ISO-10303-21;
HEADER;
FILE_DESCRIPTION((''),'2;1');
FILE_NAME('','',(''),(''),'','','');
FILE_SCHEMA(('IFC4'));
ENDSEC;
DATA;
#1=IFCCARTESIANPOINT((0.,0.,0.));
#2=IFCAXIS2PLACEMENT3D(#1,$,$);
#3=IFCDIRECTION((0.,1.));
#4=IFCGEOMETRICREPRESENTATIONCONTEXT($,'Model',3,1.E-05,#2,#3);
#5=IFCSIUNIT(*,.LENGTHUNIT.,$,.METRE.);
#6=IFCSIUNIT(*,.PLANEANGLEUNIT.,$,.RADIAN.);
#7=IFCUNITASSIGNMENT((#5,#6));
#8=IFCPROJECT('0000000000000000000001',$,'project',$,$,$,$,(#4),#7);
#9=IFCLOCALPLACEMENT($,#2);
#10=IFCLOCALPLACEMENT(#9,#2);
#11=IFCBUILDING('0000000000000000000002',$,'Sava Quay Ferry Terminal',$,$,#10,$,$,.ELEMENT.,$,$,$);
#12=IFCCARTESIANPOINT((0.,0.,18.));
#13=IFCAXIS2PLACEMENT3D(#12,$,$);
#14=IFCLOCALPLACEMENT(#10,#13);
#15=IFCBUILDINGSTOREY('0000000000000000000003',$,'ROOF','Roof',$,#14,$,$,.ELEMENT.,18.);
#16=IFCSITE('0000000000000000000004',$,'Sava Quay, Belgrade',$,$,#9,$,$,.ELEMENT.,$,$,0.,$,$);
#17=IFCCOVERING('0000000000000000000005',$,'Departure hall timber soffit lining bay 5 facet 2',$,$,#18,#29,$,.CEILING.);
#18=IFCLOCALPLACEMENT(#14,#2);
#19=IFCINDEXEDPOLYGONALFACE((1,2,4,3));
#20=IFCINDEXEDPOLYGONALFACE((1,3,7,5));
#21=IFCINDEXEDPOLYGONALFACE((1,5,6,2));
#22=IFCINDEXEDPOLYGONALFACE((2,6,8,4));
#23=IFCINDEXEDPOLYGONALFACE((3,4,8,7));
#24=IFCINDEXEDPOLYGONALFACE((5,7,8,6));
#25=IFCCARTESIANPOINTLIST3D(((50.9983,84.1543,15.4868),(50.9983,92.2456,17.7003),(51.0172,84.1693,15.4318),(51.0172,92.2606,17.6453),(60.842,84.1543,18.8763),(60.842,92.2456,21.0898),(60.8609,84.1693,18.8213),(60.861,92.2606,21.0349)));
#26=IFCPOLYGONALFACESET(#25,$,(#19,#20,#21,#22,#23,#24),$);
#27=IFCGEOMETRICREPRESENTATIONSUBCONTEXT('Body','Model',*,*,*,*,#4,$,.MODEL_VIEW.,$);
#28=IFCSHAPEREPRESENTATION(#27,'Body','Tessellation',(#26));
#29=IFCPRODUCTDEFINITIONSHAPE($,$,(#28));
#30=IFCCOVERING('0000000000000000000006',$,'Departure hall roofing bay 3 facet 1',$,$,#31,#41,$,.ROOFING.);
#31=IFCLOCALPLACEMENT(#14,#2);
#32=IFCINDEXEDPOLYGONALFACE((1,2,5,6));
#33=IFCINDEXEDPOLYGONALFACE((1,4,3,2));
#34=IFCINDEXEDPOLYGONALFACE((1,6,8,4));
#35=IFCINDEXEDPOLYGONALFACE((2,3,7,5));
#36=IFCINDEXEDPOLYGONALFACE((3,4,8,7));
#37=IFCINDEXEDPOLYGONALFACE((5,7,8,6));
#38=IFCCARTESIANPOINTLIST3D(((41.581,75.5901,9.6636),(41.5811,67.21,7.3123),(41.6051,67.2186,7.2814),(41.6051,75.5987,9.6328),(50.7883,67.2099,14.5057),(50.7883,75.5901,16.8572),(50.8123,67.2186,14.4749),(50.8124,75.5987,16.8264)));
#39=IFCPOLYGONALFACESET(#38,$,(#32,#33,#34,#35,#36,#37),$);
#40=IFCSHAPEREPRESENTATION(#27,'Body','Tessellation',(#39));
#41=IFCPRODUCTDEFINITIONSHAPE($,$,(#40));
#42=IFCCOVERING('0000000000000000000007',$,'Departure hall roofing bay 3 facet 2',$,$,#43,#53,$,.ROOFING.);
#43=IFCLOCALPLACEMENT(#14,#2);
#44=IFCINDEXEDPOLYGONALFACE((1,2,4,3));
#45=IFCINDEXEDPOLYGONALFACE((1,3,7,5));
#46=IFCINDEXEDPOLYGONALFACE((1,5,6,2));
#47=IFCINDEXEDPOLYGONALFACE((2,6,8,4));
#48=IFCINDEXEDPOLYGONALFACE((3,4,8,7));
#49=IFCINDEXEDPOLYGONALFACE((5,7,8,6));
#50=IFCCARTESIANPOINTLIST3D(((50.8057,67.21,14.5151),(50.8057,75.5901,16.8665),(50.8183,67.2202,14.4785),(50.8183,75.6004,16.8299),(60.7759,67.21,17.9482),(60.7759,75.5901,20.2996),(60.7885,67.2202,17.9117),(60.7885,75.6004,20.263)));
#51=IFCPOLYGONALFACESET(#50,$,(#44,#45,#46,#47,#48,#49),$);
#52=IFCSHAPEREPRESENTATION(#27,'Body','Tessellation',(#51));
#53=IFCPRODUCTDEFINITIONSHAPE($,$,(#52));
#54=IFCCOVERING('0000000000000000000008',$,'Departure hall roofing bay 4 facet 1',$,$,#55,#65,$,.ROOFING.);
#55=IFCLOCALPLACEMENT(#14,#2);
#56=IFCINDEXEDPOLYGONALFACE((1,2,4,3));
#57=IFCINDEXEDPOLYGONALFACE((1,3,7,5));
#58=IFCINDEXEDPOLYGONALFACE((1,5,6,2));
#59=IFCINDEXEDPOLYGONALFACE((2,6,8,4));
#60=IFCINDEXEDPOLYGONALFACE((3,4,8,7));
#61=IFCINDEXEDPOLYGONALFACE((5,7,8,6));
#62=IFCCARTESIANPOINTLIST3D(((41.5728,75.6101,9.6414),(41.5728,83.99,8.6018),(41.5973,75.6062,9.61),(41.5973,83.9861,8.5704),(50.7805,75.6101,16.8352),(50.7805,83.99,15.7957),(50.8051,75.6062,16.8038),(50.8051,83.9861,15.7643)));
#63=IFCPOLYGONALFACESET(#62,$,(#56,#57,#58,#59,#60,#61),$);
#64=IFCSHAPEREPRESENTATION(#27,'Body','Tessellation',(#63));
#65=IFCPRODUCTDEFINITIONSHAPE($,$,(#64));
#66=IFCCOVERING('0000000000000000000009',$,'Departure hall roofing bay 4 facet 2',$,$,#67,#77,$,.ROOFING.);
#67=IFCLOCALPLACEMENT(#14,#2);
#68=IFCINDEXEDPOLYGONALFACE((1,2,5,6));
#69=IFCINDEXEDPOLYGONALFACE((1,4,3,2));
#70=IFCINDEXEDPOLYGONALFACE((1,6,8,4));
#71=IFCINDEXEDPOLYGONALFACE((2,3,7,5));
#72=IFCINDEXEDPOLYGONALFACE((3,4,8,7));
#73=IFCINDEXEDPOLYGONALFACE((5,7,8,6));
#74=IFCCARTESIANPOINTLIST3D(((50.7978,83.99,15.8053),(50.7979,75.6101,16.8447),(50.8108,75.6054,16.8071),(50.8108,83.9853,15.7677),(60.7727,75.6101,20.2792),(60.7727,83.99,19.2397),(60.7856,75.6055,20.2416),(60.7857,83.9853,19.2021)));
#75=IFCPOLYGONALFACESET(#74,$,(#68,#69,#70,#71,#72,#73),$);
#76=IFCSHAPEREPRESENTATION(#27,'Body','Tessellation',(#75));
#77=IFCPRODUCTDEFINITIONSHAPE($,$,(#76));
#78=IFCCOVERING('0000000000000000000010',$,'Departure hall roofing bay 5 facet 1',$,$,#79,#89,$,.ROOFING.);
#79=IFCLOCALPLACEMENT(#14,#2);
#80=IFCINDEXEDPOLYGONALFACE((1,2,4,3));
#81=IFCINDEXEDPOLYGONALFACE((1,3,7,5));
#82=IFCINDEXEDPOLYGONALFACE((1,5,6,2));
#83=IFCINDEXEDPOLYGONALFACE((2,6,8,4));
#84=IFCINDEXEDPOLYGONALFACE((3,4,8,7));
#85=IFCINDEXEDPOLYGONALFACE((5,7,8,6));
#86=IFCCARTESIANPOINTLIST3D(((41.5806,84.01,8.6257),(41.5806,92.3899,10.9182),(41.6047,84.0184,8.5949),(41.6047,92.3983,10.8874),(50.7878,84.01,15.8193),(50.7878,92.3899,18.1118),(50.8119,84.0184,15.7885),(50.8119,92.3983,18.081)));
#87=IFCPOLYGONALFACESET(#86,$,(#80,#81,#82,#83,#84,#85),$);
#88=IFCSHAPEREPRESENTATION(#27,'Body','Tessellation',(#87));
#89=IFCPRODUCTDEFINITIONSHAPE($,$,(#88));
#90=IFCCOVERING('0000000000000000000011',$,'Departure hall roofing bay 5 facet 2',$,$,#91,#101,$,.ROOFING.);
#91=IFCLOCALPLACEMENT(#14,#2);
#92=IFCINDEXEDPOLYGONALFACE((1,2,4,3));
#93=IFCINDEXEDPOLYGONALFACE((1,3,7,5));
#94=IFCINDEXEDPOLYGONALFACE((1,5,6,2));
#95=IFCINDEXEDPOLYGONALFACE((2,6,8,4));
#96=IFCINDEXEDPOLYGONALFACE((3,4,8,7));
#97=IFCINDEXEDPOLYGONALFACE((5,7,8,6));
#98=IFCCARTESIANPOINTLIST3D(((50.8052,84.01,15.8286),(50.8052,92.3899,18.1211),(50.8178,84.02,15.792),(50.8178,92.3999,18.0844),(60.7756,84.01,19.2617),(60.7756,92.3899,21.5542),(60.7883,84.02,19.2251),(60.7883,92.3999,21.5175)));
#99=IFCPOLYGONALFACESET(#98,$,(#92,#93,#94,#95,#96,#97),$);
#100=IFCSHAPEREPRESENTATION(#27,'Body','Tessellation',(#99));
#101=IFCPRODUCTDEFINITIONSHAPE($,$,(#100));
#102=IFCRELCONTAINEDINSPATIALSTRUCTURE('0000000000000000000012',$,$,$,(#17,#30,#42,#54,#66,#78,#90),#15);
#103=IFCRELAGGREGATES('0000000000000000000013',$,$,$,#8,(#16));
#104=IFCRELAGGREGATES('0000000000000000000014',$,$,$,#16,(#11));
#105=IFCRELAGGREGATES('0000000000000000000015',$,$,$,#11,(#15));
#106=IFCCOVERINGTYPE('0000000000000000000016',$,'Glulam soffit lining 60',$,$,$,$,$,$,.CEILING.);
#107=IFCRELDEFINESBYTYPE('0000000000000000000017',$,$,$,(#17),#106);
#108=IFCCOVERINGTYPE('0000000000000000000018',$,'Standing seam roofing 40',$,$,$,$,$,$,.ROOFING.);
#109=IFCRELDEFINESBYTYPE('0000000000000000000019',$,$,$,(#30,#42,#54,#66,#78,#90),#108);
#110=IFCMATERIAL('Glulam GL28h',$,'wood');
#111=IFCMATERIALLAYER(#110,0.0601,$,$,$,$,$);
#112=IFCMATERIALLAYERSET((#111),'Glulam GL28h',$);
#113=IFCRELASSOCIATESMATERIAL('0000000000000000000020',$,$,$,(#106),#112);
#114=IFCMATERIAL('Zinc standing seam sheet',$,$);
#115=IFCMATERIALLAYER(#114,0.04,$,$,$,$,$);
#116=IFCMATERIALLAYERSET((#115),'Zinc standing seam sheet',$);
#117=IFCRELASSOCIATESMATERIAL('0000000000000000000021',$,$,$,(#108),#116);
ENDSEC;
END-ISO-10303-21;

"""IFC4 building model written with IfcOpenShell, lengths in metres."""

from ifc_helpers import new_model, si_unit, direction, frame, origin, place, context, subcontext, project, spatial, polyline, outline, extrude, material, layer, layer_set, type_object, element, save


model = new_model("IFC4")

# Units and contexts
model_context = context("Model", 3, precision=1e-05, world=origin(), true_north=direction((0.0, 1.0)))
body_context = subcontext(model_context, "Body", "Model", "MODEL_VIEW")
ifc_project = project(units=[si_unit("LENGTHUNIT", "METRE"), si_unit("PLANEANGLEUNIT", "RADIAN")], contexts=[model_context])

# Site, building, storey
site_placement = place(None, origin())
site = spatial("IfcSite", under=ifc_project, at=site_placement, Name="Sava Quay, Belgrade", CompositionType="ELEMENT", RefElevation=0.0)
building_placement = place(site_placement, origin())
building = spatial("IfcBuilding", under=site, at=building_placement, Name="Sava Quay Ferry Terminal", CompositionType="ELEMENT")
storey_placement = place(building_placement, frame((0.0, 0.0, 18.0)))
storey = spatial("IfcBuildingStorey", under=building, at=storey_placement, Name="ROOF", Description="Roof", CompositionType="ELEMENT", Elevation=18.0)

# Coverings
ifc_material_1 = material(Name="Glulam GL28h", Category="wood")
ifc_layer_1 = layer(ifc_material_1, 0.0601)
ifc_layer_set_1 = layer_set([ifc_layer_1], Name="Glulam GL28h")
covering_type_1 = type_object("IfcCoveringType", Name="Glulam soffit lining 60", PredefinedType="CEILING", material=ifc_layer_set_1)
covering_1_placement = place(storey_placement, frame((50.9983, 84.1543, 15.4868), z_axis=(-0.315199, -0.250419, 0.915391), x_axis=(-0.000004, 0.964559, 0.263868)))
element("IfcCovering", 1, at=covering_1_placement, inside=storey, type_object=covering_type_1, Name="Departure hall timber soffit lining bay 5 facet 2", PredefinedType="CEILING", context=body_context, shape_type="SweptSolid", body=[
    extrude(outline(polyline([(0.0, 0.0), (8.3886, 0.0), (9.283, -10.3725), (0.8943, -10.3724), (0.0, 0.0)])), origin(), (0.0, 0.0, -1.0), 0.0601),
])
ifc_material_2 = material(Name="Zinc standing seam sheet")
ifc_layer_2 = layer(ifc_material_2, 0.04)
ifc_layer_set_2 = layer_set([ifc_layer_2], Name="Zinc standing seam sheet")
covering_type_2 = type_object("IfcCoveringType", Name="Standing seam roofing 40", PredefinedType="ROOFING", material=ifc_layer_set_2)
covering_2_placement = place(storey_placement, frame((41.5811, 67.21, 7.3123), z_axis=(-0.60114, -0.215899, 0.769427), x_axis=(-0.000006, 0.962816, 0.270158)))
element("IfcCovering", 2, at=covering_2_placement, inside=storey, type_object=covering_type_2, Name="Departure hall roofing bay 3 facet 1", PredefinedType="ROOFING", context=body_context, shape_type="SweptSolid", body=[
    extrude(outline(polyline([(0.0, 0.0), (8.7037, 0.0), (10.6471, -11.5215), (1.9433, -11.5214), (0.0, 0.0)])), origin(), (0.0, 0.0, -1.0), 0.04),
])
covering_3_placement = place(storey_placement, frame((50.8057, 67.21, 14.5151), z_axis=(-0.314689, -0.256425, 0.913902), x_axis=(0.0, 0.962818, 0.27015)))
element("IfcCovering", 3, at=covering_3_placement, inside=storey, type_object=covering_type_2, Name="Departure hall roofing bay 3 facet 2", PredefinedType="ROOFING", context=body_context, shape_type="SweptSolid", body=[
    extrude(outline(polyline([(0.0, 0.0), (8.7037, 0.0), (9.6312, -10.5039), (0.9275, -10.5039), (0.0, 0.0)])), origin(), (0.0, 0.0, -1.0), 0.04),
])
covering_4_placement = place(storey_placement, frame((41.5728, 75.6101, 9.6414), z_axis=(-0.612738, 0.097292, 0.784274), x_axis=(0.0, 0.992393, -0.123109)))
element("IfcCovering", 4, at=covering_4_placement, inside=storey, type_object=covering_type_2, Name="Departure hall roofing bay 4 facet 1", PredefinedType="ROOFING", context=body_context, shape_type="SweptSolid", body=[
    extrude(outline(polyline([(0.0, 0.0), (8.4441, 0.0), (7.5585, -11.6512), (-0.8856, -11.6512), (0.0, 0.0)])), origin(), (0.0, 0.0, -1.0), 0.04),
])
covering_5_placement = place(storey_placement, frame((50.7979, 75.6101, 16.8447), z_axis=(-0.323338, 0.116483, 0.939087), x_axis=(-0.000004, 0.992395, -0.123097)))
element("IfcCovering", 5, at=covering_5_placement, inside=storey, type_object=covering_type_2, Name="Departure hall roofing bay 4 facet 2", PredefinedType="ROOFING", context=body_context, shape_type="SweptSolid", body=[
    extrude(outline(polyline([(0.0, 0.0), (8.4441, 0.0), (8.0213, -10.5411), (-0.4228, -10.541), (0.0, 0.0)])), origin(), (0.0, 0.0, -1.0), 0.04),
])
covering_6_placement = place(storey_placement, frame((41.5806, 84.01, 8.6257), z_axis=(-0.601841, -0.210734, 0.770311), x_axis=(0.0, 0.964557, 0.263873)))
element("IfcCovering", 6, at=covering_6_placement, inside=storey, type_object=covering_type_2, Name="Departure hall roofing bay 5 facet 1", PredefinedType="ROOFING", context=body_context, shape_type="SweptSolid", body=[
    extrude(outline(polyline([(0.0, 0.0), (8.6878, 0.0), (10.586, -11.529), (1.8982, -11.529), (0.0, 0.0)])), origin(), (0.0, 0.0, -1.0), 0.04),
])
covering_7_placement = place(storey_placement, frame((50.8052, 84.01, 15.8286), z_axis=(-0.315195, -0.250423, 0.915391), x_axis=(0.0, 0.964557, 0.263873)))
element("IfcCovering", 7, at=covering_7_placement, inside=storey, type_object=covering_type_2, Name="Departure hall roofing bay 5 facet 2", PredefinedType="ROOFING", context=body_context, shape_type="SweptSolid", body=[
    extrude(outline(polyline([(0.0, 0.0), (8.6878, 0.0), (9.5937, -10.506), (0.9059, -10.506), (0.0, 0.0)])), origin(), (0.0, 0.0, -1.0), 0.04),
])

save(model, "model.ifc")
